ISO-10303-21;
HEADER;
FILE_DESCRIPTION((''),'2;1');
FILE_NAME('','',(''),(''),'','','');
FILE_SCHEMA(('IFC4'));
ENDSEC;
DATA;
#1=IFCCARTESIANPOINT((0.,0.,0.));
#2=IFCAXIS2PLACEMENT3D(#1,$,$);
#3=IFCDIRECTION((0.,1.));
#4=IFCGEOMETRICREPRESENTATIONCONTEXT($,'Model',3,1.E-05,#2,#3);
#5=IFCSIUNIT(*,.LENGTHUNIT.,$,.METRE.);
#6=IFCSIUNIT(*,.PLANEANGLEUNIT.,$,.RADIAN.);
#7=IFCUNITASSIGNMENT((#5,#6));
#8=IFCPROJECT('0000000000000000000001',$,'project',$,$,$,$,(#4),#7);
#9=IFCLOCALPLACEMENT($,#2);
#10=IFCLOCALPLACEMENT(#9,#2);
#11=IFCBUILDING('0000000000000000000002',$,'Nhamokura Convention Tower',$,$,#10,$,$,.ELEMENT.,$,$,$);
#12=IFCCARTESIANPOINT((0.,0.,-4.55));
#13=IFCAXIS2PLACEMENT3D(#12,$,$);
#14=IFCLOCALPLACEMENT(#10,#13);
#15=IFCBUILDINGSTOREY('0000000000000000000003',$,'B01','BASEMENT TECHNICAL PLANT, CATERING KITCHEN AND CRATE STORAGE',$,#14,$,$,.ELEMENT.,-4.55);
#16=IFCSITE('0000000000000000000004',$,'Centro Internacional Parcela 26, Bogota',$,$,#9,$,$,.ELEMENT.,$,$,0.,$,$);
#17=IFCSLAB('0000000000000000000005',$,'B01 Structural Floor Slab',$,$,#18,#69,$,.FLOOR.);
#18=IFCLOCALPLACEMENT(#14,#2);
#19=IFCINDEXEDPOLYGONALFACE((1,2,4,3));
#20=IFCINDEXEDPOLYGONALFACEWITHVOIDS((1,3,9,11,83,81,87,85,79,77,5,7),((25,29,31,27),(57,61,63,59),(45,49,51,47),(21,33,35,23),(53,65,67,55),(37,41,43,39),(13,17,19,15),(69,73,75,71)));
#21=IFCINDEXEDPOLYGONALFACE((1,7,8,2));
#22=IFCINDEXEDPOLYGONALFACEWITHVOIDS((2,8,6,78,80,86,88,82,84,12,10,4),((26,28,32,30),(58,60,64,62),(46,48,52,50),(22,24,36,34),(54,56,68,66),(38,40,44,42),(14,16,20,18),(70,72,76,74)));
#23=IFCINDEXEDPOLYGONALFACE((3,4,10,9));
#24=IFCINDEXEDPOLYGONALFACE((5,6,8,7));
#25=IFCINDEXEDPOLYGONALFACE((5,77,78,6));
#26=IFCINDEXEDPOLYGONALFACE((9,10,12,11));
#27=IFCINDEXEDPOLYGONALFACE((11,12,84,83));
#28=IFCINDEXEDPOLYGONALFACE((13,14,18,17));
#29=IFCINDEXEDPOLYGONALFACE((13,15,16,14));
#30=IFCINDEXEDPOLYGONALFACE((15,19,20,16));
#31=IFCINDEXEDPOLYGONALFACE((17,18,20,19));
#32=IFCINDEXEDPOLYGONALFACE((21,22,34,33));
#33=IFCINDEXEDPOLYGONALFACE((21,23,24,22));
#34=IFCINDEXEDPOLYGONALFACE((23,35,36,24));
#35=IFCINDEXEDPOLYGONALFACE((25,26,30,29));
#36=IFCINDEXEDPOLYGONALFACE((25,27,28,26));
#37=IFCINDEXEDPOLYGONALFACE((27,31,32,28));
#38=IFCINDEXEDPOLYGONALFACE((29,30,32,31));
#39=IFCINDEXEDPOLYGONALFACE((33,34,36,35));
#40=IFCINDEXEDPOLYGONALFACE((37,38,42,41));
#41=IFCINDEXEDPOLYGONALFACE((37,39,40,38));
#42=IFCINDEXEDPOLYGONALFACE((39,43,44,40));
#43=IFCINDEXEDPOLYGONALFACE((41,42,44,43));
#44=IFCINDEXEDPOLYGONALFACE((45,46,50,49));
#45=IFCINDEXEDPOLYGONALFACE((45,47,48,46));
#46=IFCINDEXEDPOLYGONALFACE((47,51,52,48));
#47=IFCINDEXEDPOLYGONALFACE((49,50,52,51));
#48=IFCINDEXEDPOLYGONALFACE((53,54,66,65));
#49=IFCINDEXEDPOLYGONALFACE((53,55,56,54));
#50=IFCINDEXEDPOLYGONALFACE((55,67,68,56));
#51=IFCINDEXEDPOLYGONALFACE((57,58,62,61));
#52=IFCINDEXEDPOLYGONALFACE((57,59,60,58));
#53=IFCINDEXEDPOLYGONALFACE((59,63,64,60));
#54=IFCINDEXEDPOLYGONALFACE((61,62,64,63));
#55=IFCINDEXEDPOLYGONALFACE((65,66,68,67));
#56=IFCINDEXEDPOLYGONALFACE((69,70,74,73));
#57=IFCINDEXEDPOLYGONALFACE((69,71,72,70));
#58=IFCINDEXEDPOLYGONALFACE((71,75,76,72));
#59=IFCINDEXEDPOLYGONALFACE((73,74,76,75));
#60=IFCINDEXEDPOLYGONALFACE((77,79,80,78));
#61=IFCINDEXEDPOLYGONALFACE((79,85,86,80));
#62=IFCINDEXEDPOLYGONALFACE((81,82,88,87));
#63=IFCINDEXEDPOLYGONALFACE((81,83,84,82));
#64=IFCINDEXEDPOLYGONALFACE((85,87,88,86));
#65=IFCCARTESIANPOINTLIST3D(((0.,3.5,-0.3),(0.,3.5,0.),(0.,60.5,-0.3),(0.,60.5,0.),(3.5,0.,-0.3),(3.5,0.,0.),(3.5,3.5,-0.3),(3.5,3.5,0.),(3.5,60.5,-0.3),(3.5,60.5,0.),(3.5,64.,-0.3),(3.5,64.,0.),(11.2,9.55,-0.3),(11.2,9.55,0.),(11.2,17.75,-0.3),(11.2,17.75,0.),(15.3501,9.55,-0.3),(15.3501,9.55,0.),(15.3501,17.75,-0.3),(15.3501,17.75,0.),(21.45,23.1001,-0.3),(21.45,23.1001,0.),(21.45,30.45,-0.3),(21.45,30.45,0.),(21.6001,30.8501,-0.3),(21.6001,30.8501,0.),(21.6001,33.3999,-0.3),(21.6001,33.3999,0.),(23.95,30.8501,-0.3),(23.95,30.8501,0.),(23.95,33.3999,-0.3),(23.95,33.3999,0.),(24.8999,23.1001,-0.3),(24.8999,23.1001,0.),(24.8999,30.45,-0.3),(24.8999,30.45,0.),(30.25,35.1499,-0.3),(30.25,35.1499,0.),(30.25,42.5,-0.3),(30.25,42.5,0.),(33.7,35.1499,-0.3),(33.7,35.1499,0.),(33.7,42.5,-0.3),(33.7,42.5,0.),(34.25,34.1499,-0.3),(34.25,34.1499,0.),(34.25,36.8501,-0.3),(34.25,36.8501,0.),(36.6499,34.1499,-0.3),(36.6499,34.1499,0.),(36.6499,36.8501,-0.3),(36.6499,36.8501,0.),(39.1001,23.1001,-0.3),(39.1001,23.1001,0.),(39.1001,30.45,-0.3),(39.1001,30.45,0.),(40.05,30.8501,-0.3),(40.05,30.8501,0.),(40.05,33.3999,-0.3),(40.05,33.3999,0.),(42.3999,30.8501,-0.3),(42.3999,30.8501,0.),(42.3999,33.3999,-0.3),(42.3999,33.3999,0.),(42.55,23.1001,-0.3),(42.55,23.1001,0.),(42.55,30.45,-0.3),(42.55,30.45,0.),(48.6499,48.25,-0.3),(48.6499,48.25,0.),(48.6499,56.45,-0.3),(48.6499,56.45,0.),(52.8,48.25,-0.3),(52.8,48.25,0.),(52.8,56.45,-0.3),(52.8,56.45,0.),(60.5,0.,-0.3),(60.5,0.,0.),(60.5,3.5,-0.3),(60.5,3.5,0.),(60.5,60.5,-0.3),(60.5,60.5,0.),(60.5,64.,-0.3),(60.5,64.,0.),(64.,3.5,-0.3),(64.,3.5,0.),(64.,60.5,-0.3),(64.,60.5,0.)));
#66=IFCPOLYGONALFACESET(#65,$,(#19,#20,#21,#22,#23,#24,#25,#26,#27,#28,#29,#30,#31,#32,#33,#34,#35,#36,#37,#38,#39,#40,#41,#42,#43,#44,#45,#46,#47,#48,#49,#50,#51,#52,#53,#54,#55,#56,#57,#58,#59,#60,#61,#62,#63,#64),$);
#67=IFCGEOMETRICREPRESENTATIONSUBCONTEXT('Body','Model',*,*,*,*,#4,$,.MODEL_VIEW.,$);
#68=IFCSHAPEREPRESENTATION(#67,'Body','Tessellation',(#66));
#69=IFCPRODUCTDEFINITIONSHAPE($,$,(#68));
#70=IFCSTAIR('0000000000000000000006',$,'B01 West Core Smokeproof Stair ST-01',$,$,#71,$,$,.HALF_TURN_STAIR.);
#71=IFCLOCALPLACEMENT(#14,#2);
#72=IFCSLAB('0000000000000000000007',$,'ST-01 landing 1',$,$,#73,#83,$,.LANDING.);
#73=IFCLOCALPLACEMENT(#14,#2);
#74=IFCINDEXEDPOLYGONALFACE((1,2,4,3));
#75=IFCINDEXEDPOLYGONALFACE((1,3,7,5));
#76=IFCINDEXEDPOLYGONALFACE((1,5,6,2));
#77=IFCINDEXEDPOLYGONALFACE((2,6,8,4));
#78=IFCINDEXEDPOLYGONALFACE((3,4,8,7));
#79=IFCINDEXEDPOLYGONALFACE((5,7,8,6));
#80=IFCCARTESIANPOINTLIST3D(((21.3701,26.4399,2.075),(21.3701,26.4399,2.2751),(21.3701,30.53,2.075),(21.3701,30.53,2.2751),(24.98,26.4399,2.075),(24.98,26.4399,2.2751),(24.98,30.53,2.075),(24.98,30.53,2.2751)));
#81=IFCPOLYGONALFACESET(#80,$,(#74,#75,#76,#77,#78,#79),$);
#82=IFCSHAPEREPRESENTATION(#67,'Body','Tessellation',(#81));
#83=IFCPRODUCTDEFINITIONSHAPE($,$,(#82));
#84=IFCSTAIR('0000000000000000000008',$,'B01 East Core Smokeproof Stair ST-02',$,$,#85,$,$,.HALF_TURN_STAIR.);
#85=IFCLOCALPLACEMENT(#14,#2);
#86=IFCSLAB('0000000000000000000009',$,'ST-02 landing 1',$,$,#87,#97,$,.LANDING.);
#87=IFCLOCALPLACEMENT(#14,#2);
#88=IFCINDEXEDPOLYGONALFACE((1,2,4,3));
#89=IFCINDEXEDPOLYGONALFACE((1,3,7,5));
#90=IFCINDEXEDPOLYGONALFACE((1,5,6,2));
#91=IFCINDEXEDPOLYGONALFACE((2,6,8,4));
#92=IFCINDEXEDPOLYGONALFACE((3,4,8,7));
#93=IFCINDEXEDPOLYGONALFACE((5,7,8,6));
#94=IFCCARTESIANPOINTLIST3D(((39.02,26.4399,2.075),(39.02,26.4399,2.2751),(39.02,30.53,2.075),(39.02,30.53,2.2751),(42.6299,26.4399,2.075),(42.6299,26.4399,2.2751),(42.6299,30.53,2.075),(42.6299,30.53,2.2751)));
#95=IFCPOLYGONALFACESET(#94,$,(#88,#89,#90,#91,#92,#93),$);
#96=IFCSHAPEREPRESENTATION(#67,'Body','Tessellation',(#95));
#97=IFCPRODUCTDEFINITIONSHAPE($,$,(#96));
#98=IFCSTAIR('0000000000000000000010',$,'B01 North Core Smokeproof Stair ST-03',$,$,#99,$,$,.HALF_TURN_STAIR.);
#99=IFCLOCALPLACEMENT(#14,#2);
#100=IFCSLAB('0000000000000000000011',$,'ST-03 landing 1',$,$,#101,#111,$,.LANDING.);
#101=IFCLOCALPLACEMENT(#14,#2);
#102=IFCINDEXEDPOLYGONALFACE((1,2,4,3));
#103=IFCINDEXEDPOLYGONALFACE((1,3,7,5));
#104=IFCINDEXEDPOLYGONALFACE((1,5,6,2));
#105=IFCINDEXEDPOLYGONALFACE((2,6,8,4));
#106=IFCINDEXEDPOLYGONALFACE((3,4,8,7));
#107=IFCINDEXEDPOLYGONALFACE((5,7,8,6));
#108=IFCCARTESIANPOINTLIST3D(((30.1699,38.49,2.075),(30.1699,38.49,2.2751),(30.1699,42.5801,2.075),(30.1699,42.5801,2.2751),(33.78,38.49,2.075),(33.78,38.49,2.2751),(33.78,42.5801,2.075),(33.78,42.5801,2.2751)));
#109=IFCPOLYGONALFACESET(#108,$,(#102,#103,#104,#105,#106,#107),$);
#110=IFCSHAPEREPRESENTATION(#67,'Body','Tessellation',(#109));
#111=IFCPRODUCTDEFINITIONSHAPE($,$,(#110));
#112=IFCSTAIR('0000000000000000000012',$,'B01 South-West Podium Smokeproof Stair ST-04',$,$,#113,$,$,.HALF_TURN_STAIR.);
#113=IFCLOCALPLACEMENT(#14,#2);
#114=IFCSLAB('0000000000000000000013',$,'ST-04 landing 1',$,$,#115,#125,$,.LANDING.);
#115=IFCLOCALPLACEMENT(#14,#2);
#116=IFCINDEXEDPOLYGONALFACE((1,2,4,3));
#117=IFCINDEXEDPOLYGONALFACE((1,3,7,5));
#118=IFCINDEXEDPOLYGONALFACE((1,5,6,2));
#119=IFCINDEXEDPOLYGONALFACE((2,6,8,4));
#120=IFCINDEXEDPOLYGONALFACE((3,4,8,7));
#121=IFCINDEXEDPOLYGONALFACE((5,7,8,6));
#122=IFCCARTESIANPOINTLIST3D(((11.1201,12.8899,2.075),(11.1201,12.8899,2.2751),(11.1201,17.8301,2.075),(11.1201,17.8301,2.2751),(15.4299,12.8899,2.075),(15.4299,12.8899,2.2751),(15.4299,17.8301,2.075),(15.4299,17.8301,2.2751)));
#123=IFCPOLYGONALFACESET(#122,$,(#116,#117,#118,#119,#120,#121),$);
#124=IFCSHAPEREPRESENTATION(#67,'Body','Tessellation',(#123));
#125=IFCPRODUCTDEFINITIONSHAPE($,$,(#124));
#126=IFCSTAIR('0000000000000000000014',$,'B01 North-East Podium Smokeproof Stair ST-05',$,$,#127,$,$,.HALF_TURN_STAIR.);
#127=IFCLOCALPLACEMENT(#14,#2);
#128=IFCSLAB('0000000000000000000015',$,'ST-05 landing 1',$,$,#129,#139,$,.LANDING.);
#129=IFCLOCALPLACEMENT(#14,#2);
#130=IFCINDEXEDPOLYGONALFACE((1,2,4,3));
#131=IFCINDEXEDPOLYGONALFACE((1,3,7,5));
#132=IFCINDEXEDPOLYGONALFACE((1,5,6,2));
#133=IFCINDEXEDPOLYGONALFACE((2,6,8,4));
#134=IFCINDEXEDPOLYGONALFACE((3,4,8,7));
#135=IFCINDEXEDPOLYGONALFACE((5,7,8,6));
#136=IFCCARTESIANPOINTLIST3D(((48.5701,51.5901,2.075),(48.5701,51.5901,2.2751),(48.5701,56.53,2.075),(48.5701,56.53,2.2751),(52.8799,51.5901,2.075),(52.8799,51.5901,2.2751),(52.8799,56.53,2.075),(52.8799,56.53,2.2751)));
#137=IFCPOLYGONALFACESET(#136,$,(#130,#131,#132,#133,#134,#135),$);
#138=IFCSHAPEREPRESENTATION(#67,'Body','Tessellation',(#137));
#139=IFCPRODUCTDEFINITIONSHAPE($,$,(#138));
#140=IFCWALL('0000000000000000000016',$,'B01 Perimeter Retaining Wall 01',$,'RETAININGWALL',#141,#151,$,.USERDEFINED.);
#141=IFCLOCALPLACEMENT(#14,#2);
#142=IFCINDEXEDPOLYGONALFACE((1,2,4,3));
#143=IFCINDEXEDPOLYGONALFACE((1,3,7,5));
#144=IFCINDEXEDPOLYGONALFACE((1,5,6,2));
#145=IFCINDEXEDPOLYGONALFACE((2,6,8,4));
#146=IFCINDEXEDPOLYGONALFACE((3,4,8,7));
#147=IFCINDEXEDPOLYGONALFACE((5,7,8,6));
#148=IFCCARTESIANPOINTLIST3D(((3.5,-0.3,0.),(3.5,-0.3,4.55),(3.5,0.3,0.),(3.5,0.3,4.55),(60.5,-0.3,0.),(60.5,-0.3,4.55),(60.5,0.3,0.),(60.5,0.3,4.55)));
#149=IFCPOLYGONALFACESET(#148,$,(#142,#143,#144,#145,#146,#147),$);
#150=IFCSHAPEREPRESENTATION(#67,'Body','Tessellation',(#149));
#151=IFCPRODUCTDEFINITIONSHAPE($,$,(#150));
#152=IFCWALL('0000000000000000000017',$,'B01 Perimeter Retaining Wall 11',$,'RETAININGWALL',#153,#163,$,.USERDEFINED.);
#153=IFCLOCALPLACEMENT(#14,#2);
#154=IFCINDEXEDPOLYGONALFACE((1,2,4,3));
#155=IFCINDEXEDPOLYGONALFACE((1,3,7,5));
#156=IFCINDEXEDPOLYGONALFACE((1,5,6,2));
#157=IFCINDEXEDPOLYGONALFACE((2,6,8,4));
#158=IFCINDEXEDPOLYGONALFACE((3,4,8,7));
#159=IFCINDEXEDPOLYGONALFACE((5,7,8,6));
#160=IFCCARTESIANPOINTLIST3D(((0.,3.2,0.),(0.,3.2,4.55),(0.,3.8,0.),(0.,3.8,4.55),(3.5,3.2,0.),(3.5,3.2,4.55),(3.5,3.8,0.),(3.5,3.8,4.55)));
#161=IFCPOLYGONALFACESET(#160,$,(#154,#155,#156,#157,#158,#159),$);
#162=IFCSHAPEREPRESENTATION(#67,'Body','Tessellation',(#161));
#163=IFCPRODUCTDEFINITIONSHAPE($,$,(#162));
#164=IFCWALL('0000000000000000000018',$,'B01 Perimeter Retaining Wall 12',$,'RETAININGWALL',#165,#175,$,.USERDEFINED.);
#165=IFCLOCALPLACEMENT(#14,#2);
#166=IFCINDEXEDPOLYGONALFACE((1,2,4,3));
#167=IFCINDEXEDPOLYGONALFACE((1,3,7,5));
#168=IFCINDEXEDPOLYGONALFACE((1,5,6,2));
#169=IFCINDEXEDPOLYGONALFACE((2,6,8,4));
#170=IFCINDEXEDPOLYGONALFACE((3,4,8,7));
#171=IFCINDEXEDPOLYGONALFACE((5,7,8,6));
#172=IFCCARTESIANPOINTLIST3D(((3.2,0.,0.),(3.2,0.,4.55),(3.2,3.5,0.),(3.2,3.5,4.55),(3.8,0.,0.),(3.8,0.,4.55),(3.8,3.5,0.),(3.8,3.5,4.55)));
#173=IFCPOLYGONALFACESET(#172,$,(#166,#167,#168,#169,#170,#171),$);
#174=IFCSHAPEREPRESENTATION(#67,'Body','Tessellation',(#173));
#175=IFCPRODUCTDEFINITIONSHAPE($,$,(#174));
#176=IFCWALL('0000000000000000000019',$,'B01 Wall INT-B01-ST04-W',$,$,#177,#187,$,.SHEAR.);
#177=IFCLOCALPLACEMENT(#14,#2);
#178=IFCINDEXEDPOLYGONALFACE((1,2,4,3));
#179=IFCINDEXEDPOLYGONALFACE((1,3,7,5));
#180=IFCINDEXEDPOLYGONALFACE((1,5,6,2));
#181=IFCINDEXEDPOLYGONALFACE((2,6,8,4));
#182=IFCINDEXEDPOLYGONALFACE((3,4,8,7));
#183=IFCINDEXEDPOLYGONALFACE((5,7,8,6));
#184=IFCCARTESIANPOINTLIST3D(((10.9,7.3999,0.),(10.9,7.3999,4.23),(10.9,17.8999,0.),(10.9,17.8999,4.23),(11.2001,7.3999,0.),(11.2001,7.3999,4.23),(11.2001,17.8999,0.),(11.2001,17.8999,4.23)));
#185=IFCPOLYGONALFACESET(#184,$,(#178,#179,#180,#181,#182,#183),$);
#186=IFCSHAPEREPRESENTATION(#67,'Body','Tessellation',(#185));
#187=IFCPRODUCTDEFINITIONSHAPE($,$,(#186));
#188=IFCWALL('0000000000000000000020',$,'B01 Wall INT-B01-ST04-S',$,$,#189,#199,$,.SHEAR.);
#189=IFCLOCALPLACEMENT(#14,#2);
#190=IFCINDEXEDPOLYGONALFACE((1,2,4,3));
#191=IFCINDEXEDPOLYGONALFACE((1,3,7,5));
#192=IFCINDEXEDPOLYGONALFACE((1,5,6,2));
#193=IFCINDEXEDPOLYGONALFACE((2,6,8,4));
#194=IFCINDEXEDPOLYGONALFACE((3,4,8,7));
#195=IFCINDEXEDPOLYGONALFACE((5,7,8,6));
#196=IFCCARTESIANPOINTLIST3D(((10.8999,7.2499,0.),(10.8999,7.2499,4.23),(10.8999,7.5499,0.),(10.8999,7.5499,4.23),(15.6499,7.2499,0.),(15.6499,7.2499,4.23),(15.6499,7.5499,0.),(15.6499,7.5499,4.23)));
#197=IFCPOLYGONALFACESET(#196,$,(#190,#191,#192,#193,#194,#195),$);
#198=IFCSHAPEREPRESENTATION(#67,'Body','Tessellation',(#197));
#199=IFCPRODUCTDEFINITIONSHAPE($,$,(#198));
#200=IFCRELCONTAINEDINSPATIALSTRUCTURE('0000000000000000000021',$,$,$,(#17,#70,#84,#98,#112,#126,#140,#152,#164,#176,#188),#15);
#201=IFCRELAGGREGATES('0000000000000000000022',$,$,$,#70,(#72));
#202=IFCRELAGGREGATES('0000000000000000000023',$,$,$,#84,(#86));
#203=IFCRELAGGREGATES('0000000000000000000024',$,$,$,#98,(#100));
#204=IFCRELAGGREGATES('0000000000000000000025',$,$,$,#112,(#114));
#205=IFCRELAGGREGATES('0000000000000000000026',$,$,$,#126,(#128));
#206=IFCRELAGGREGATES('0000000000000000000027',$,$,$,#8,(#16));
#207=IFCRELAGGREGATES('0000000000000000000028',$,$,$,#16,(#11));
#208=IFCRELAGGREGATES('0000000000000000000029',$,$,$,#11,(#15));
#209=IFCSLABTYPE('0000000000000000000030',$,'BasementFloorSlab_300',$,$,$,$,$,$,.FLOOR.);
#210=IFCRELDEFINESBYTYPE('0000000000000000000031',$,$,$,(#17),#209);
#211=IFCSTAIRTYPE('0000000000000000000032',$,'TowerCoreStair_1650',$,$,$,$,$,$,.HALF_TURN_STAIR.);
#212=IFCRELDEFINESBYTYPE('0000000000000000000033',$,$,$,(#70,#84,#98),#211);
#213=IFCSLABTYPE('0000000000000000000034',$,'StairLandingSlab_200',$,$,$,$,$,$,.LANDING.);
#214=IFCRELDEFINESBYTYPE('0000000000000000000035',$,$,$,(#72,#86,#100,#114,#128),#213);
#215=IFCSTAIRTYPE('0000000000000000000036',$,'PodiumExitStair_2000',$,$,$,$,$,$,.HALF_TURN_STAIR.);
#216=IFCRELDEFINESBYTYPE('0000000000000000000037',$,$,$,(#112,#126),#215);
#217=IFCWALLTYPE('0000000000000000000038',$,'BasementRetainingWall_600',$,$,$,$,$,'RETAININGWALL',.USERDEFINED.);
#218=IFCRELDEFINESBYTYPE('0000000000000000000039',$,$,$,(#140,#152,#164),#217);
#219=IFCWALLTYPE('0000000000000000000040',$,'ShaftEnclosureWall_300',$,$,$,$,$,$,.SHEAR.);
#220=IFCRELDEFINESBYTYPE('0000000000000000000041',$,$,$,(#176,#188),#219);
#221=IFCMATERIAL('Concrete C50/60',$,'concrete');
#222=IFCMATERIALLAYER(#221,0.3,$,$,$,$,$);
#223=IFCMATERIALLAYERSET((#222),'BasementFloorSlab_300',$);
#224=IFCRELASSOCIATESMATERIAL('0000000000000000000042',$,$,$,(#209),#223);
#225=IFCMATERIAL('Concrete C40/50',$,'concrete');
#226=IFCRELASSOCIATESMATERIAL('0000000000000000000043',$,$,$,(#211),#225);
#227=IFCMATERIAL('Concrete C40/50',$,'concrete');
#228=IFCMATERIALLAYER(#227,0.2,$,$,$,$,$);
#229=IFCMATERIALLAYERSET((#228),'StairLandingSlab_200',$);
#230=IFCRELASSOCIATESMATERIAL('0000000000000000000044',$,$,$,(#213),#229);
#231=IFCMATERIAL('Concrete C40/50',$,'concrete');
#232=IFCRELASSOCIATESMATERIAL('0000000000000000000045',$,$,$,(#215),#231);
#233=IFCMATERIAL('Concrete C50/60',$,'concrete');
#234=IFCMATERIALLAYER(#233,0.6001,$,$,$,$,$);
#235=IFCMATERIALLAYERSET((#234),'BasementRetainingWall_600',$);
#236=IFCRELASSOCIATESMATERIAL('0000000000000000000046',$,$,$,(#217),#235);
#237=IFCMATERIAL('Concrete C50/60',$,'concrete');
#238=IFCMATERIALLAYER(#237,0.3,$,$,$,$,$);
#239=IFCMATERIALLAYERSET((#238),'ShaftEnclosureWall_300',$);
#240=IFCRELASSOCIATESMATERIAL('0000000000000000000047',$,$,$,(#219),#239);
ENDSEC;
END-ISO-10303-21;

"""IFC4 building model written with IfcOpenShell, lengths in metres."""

from ifc_helpers import new_model, si_unit, direction, frame, frame_2d, origin, place, context, subcontext, project, spatial, polyline, rectangle, outline, extrude, material, layer, layer_set, type_object, element, aggregate, save


model = new_model("IFC4")

# Units and contexts
model_context = context("Model", 3, precision=1e-05, world=origin(), true_north=direction((0.0, 1.0)))
body_context = subcontext(model_context, "Body", "Model", "MODEL_VIEW")
ifc_project = project(units=[si_unit("LENGTHUNIT", "METRE"), si_unit("PLANEANGLEUNIT", "RADIAN")], contexts=[model_context])

# Site, building, storey
site_placement = place(None, origin())
site = spatial("IfcSite", under=ifc_project, at=site_placement, Name="Centro Internacional Parcela 26, Bogota", CompositionType="ELEMENT", RefElevation=0.0)
building_placement = place(site_placement, origin())
building = spatial("IfcBuilding", under=site, at=building_placement, Name="Nhamokura Convention Tower", CompositionType="ELEMENT")
storey_placement = place(building_placement, frame((0.0, 0.0, -4.55)))
storey = spatial("IfcBuildingStorey", under=building, at=storey_placement, Name="B01", Description="BASEMENT TECHNICAL PLANT, CATERING KITCHEN AND CRATE STORAGE", CompositionType="ELEMENT", Elevation=-4.55)

# Slab
ifc_material_1 = material(Name="Concrete C50/60", Category="concrete")
ifc_layer_1 = layer(ifc_material_1, 0.3)
ifc_layer_set_1 = layer_set([ifc_layer_1], Name="BasementFloorSlab_300")
slab_type_1 = type_object("IfcSlabType", Name="BasementFloorSlab_300", PredefinedType="FLOOR", material=ifc_layer_set_1)
slab_1_placement = place(storey_placement, frame((0.0, 0.0, -0.3)))
element("IfcSlab", 1, at=slab_1_placement, inside=storey, type_object=slab_type_1, Name="B01 Structural Floor Slab", PredefinedType="FLOOR", context=body_context, shape_type="SweptSolid", body=[
    extrude(outline(polyline([(3.5, 0.0), (60.5, 0.0), (60.5, 3.5), (64.0, 3.5), (64.0, 60.5), (60.5, 60.5), (60.5, 64.0), (3.5, 64.0), (3.5, 60.5), (0.0, 60.5), (0.0, 3.5), (3.5, 3.5), (3.5, 0.0)]), holes=[polyline([(24.8999, 23.1001), (24.8999, 30.45), (21.45, 30.45), (21.45, 23.1001), (24.8999, 23.1001)]), polyline([(42.55, 23.1001), (42.55, 30.45), (39.1001, 30.45), (39.1001, 23.1001), (42.55, 23.1001)]), polyline([(33.7, 35.1499), (33.7, 42.5), (30.25, 42.5), (30.25, 35.1499), (33.7, 35.1499)]), polyline([(15.3501, 9.55), (15.3501, 17.75), (11.2, 17.75), (11.2, 9.55), (15.3501, 9.55)]), polyline([(52.8, 48.25), (52.8, 56.45), (48.6499, 56.45), (48.6499, 48.25), (52.8, 48.25)]), polyline([(21.6001, 30.8501), (23.95, 30.8501), (23.95, 33.3999), (21.6001, 33.3999), (21.6001, 30.8501)]), polyline([(40.05, 30.8501), (42.3999, 30.8501), (42.3999, 33.3999), (40.05, 33.3999), (40.05, 30.8501)]), polyline([(34.25, 34.1499), (36.6499, 34.1499), (36.6499, 36.8501), (34.25, 36.8501), (34.25, 34.1499)])]), origin(), (0.0, 0.0, 1.0), 0.3),
])

# Stairs, slabs
ifc_material_2 = material(Name="Concrete C40/50", Category="concrete")
stair_type_1 = type_object("IfcStairType", Name="TowerCoreStair_1650", PredefinedType="HALF_TURN_STAIR", material=ifc_material_2)
stair_1_placement = place(storey_placement, origin())
stair_1 = element("IfcStair", 2, at=stair_1_placement, inside=storey, type_object=stair_type_1, Name="B01 West Core Smokeproof Stair ST-01", PredefinedType="HALF_TURN_STAIR")
ifc_material_3 = material(Name="Concrete C40/50", Category="concrete")
ifc_layer_2 = layer(ifc_material_3, 0.2)
ifc_layer_set_2 = layer_set([ifc_layer_2], Name="StairLandingSlab_200")
slab_type_2 = type_object("IfcSlabType", Name="StairLandingSlab_200", PredefinedType="LANDING", material=ifc_layer_set_2)
slab_2_placement = place(storey_placement, frame((0.0, 0.0, 2.075)))
slab_2 = element("IfcSlab", 3, at=slab_2_placement, type_object=slab_type_2, Name="ST-01 landing 1", PredefinedType="LANDING", context=body_context, shape_type="SweptSolid", body=[
    extrude(outline(polyline([(24.98, 26.4399), (24.98, 30.53), (21.3701, 30.53), (21.3701, 26.4399), (24.98, 26.4399)])), origin(), (0.0, 0.0, 1.0), 0.2002),
])
aggregate(stair_1, [slab_2])
stair_2_placement = place(storey_placement, origin())
stair_2 = element("IfcStair", 4, at=stair_2_placement, inside=storey, type_object=stair_type_1, Name="B01 East Core Smokeproof Stair ST-02", PredefinedType="HALF_TURN_STAIR")
slab_3_placement = place(storey_placement, frame((0.0, 0.0, 2.075)))
slab_3 = element("IfcSlab", 5, at=slab_3_placement, type_object=slab_type_2, Name="ST-02 landing 1", PredefinedType="LANDING", context=body_context, shape_type="SweptSolid", body=[
    extrude(outline(polyline([(42.6299, 26.4399), (42.6299, 30.53), (39.02, 30.53), (39.02, 26.4399), (42.6299, 26.4399)])), origin(), (0.0, 0.0, 1.0), 0.2002),
])
aggregate(stair_2, [slab_3])
stair_3_placement = place(storey_placement, origin())
stair_3 = element("IfcStair", 6, at=stair_3_placement, inside=storey, type_object=stair_type_1, Name="B01 North Core Smokeproof Stair ST-03", PredefinedType="HALF_TURN_STAIR")
slab_4_placement = place(storey_placement, frame((0.0, 0.0, 2.075)))
slab_4 = element("IfcSlab", 7, at=slab_4_placement, type_object=slab_type_2, Name="ST-03 landing 1", PredefinedType="LANDING", context=body_context, shape_type="SweptSolid", body=[
    extrude(outline(polyline([(33.78, 38.49), (33.78, 42.5801), (30.1699, 42.5801), (30.1699, 38.49), (33.78, 38.49)])), origin(), (0.0, 0.0, 1.0), 0.2002),
])
aggregate(stair_3, [slab_4])
ifc_material_4 = material(Name="Concrete C40/50", Category="concrete")
stair_type_2 = type_object("IfcStairType", Name="PodiumExitStair_2000", PredefinedType="HALF_TURN_STAIR", material=ifc_material_4)
stair_4_placement = place(storey_placement, origin())
stair_4 = element("IfcStair", 8, at=stair_4_placement, inside=storey, type_object=stair_type_2, Name="B01 South-West Podium Smokeproof Stair ST-04", PredefinedType="HALF_TURN_STAIR")
slab_5_placement = place(storey_placement, frame((0.0, 0.0, 2.075)))
slab_5 = element("IfcSlab", 9, at=slab_5_placement, type_object=slab_type_2, Name="ST-04 landing 1", PredefinedType="LANDING", context=body_context, shape_type="SweptSolid", body=[
    extrude(outline(polyline([(15.4299, 12.8899), (15.4299, 17.8301), (11.1201, 17.8301), (11.1201, 12.8899), (15.4299, 12.8899)])), origin(), (0.0, 0.0, 1.0), 0.2002),
])
aggregate(stair_4, [slab_5])
stair_5_placement = place(storey_placement, origin())
stair_5 = element("IfcStair", 10, at=stair_5_placement, inside=storey, type_object=stair_type_2, Name="B01 North-East Podium Smokeproof Stair ST-05", PredefinedType="HALF_TURN_STAIR")
slab_6_placement = place(storey_placement, frame((0.0, 0.0, 2.075)))
slab_6 = element("IfcSlab", 11, at=slab_6_placement, type_object=slab_type_2, Name="ST-05 landing 1", PredefinedType="LANDING", context=body_context, shape_type="SweptSolid", body=[
    extrude(outline(polyline([(52.8799, 51.5901), (52.8799, 56.53), (48.5701, 56.53), (48.5701, 51.5901), (52.8799, 51.5901)])), origin(), (0.0, 0.0, 1.0), 0.2002),
])
aggregate(stair_5, [slab_6])

# Walls
ifc_material_5 = material(Name="Concrete C50/60", Category="concrete")
ifc_layer_3 = layer(ifc_material_5, 0.6001)
ifc_layer_set_3 = layer_set([ifc_layer_3], Name="BasementRetainingWall_600")
wall_type_1 = type_object("IfcWallType", Name="BasementRetainingWall_600", ElementType="RETAININGWALL", PredefinedType="USERDEFINED", material=ifc_layer_set_3)
wall_1_placement = place(storey_placement, frame((3.5, 0.0, 0.0), z_axis=(0.0, 0.0, 1.0), x_axis=(1.0, 0.0, 0.0)))
element("IfcWall", 12, at=wall_1_placement, inside=storey, type_object=wall_type_1, Name="B01 Perimeter Retaining Wall 01", ObjectType="RETAININGWALL", PredefinedType="USERDEFINED", context=body_context, shape_type="SweptSolid", body=[
    extrude(rectangle(XDim=57.0, YDim=0.6001, at=frame_2d((28.5, 0.0))), origin(), (0.0, 0.0, 1.0), 4.55),
])
for number, where, z_axis, x_axis, name in (
    (13, (0.0, 3.5, 0.0), (0.0, 0.0, 1.0), (1.0, 0.0, 0.0), "B01 Perimeter Retaining Wall 11"),
    (14, (3.5, 3.5, 0.0), (0.0, 0.0, 1.0), (0.0, -1.0, 0.0), "B01 Perimeter Retaining Wall 12"),
):
    element("IfcWall", number, at=place(storey_placement, frame(where, z_axis=z_axis, x_axis=x_axis)), inside=storey, type_object=wall_type_1, Name=name, ObjectType="RETAININGWALL", PredefinedType="USERDEFINED", context=body_context, shape_type="SweptSolid", body=[
        extrude(rectangle(XDim=3.5, YDim=0.6001, at=frame_2d((1.75, 0.0))), origin(), (0.0, 0.0, 1.0), 4.55),
    ])
ifc_material_6 = material(Name="Concrete C50/60", Category="concrete")
ifc_layer_4 = layer(ifc_material_6, 0.3)
ifc_layer_set_4 = layer_set([ifc_layer_4], Name="ShaftEnclosureWall_300")
wall_type_2 = type_object("IfcWallType", Name="ShaftEnclosureWall_300", PredefinedType="SHEAR", material=ifc_layer_set_4)
wall_2_placement = place(storey_placement, frame((11.05, 7.3999, 0.0), z_axis=(0.0, 0.0, 1.0), x_axis=(0.0, 1.0, 0.0)))
element("IfcWall", 15, at=wall_2_placement, inside=storey, type_object=wall_type_2, Name="B01 Wall INT-B01-ST04-W", PredefinedType="SHEAR", context=body_context, shape_type="SweptSolid", body=[
    extrude(rectangle(XDim=10.5, YDim=0.3, at=frame_2d((5.25, 0.0))), origin(), (0.0, 0.0, 1.0), 4.23),
])
for number, where, z_axis, x_axis, name in (
    (16, (10.8999, 7.3999, 0.0), (0.0, 0.0, 1.0), (1.0, 0.0, 0.0), "B01 Wall INT-B01-ST04-S"),
):
    element("IfcWall", number, at=place(storey_placement, frame(where, z_axis=z_axis, x_axis=x_axis)), inside=storey, type_object=wall_type_2, Name=name, PredefinedType="SHEAR", context=body_context, shape_type="SweptSolid", body=[
        extrude(rectangle(XDim=4.75, YDim=0.3, at=frame_2d((2.375, 0.0))), origin(), (0.0, 0.0, 1.0), 4.23),
    ])

save(model, "model.ifc")
